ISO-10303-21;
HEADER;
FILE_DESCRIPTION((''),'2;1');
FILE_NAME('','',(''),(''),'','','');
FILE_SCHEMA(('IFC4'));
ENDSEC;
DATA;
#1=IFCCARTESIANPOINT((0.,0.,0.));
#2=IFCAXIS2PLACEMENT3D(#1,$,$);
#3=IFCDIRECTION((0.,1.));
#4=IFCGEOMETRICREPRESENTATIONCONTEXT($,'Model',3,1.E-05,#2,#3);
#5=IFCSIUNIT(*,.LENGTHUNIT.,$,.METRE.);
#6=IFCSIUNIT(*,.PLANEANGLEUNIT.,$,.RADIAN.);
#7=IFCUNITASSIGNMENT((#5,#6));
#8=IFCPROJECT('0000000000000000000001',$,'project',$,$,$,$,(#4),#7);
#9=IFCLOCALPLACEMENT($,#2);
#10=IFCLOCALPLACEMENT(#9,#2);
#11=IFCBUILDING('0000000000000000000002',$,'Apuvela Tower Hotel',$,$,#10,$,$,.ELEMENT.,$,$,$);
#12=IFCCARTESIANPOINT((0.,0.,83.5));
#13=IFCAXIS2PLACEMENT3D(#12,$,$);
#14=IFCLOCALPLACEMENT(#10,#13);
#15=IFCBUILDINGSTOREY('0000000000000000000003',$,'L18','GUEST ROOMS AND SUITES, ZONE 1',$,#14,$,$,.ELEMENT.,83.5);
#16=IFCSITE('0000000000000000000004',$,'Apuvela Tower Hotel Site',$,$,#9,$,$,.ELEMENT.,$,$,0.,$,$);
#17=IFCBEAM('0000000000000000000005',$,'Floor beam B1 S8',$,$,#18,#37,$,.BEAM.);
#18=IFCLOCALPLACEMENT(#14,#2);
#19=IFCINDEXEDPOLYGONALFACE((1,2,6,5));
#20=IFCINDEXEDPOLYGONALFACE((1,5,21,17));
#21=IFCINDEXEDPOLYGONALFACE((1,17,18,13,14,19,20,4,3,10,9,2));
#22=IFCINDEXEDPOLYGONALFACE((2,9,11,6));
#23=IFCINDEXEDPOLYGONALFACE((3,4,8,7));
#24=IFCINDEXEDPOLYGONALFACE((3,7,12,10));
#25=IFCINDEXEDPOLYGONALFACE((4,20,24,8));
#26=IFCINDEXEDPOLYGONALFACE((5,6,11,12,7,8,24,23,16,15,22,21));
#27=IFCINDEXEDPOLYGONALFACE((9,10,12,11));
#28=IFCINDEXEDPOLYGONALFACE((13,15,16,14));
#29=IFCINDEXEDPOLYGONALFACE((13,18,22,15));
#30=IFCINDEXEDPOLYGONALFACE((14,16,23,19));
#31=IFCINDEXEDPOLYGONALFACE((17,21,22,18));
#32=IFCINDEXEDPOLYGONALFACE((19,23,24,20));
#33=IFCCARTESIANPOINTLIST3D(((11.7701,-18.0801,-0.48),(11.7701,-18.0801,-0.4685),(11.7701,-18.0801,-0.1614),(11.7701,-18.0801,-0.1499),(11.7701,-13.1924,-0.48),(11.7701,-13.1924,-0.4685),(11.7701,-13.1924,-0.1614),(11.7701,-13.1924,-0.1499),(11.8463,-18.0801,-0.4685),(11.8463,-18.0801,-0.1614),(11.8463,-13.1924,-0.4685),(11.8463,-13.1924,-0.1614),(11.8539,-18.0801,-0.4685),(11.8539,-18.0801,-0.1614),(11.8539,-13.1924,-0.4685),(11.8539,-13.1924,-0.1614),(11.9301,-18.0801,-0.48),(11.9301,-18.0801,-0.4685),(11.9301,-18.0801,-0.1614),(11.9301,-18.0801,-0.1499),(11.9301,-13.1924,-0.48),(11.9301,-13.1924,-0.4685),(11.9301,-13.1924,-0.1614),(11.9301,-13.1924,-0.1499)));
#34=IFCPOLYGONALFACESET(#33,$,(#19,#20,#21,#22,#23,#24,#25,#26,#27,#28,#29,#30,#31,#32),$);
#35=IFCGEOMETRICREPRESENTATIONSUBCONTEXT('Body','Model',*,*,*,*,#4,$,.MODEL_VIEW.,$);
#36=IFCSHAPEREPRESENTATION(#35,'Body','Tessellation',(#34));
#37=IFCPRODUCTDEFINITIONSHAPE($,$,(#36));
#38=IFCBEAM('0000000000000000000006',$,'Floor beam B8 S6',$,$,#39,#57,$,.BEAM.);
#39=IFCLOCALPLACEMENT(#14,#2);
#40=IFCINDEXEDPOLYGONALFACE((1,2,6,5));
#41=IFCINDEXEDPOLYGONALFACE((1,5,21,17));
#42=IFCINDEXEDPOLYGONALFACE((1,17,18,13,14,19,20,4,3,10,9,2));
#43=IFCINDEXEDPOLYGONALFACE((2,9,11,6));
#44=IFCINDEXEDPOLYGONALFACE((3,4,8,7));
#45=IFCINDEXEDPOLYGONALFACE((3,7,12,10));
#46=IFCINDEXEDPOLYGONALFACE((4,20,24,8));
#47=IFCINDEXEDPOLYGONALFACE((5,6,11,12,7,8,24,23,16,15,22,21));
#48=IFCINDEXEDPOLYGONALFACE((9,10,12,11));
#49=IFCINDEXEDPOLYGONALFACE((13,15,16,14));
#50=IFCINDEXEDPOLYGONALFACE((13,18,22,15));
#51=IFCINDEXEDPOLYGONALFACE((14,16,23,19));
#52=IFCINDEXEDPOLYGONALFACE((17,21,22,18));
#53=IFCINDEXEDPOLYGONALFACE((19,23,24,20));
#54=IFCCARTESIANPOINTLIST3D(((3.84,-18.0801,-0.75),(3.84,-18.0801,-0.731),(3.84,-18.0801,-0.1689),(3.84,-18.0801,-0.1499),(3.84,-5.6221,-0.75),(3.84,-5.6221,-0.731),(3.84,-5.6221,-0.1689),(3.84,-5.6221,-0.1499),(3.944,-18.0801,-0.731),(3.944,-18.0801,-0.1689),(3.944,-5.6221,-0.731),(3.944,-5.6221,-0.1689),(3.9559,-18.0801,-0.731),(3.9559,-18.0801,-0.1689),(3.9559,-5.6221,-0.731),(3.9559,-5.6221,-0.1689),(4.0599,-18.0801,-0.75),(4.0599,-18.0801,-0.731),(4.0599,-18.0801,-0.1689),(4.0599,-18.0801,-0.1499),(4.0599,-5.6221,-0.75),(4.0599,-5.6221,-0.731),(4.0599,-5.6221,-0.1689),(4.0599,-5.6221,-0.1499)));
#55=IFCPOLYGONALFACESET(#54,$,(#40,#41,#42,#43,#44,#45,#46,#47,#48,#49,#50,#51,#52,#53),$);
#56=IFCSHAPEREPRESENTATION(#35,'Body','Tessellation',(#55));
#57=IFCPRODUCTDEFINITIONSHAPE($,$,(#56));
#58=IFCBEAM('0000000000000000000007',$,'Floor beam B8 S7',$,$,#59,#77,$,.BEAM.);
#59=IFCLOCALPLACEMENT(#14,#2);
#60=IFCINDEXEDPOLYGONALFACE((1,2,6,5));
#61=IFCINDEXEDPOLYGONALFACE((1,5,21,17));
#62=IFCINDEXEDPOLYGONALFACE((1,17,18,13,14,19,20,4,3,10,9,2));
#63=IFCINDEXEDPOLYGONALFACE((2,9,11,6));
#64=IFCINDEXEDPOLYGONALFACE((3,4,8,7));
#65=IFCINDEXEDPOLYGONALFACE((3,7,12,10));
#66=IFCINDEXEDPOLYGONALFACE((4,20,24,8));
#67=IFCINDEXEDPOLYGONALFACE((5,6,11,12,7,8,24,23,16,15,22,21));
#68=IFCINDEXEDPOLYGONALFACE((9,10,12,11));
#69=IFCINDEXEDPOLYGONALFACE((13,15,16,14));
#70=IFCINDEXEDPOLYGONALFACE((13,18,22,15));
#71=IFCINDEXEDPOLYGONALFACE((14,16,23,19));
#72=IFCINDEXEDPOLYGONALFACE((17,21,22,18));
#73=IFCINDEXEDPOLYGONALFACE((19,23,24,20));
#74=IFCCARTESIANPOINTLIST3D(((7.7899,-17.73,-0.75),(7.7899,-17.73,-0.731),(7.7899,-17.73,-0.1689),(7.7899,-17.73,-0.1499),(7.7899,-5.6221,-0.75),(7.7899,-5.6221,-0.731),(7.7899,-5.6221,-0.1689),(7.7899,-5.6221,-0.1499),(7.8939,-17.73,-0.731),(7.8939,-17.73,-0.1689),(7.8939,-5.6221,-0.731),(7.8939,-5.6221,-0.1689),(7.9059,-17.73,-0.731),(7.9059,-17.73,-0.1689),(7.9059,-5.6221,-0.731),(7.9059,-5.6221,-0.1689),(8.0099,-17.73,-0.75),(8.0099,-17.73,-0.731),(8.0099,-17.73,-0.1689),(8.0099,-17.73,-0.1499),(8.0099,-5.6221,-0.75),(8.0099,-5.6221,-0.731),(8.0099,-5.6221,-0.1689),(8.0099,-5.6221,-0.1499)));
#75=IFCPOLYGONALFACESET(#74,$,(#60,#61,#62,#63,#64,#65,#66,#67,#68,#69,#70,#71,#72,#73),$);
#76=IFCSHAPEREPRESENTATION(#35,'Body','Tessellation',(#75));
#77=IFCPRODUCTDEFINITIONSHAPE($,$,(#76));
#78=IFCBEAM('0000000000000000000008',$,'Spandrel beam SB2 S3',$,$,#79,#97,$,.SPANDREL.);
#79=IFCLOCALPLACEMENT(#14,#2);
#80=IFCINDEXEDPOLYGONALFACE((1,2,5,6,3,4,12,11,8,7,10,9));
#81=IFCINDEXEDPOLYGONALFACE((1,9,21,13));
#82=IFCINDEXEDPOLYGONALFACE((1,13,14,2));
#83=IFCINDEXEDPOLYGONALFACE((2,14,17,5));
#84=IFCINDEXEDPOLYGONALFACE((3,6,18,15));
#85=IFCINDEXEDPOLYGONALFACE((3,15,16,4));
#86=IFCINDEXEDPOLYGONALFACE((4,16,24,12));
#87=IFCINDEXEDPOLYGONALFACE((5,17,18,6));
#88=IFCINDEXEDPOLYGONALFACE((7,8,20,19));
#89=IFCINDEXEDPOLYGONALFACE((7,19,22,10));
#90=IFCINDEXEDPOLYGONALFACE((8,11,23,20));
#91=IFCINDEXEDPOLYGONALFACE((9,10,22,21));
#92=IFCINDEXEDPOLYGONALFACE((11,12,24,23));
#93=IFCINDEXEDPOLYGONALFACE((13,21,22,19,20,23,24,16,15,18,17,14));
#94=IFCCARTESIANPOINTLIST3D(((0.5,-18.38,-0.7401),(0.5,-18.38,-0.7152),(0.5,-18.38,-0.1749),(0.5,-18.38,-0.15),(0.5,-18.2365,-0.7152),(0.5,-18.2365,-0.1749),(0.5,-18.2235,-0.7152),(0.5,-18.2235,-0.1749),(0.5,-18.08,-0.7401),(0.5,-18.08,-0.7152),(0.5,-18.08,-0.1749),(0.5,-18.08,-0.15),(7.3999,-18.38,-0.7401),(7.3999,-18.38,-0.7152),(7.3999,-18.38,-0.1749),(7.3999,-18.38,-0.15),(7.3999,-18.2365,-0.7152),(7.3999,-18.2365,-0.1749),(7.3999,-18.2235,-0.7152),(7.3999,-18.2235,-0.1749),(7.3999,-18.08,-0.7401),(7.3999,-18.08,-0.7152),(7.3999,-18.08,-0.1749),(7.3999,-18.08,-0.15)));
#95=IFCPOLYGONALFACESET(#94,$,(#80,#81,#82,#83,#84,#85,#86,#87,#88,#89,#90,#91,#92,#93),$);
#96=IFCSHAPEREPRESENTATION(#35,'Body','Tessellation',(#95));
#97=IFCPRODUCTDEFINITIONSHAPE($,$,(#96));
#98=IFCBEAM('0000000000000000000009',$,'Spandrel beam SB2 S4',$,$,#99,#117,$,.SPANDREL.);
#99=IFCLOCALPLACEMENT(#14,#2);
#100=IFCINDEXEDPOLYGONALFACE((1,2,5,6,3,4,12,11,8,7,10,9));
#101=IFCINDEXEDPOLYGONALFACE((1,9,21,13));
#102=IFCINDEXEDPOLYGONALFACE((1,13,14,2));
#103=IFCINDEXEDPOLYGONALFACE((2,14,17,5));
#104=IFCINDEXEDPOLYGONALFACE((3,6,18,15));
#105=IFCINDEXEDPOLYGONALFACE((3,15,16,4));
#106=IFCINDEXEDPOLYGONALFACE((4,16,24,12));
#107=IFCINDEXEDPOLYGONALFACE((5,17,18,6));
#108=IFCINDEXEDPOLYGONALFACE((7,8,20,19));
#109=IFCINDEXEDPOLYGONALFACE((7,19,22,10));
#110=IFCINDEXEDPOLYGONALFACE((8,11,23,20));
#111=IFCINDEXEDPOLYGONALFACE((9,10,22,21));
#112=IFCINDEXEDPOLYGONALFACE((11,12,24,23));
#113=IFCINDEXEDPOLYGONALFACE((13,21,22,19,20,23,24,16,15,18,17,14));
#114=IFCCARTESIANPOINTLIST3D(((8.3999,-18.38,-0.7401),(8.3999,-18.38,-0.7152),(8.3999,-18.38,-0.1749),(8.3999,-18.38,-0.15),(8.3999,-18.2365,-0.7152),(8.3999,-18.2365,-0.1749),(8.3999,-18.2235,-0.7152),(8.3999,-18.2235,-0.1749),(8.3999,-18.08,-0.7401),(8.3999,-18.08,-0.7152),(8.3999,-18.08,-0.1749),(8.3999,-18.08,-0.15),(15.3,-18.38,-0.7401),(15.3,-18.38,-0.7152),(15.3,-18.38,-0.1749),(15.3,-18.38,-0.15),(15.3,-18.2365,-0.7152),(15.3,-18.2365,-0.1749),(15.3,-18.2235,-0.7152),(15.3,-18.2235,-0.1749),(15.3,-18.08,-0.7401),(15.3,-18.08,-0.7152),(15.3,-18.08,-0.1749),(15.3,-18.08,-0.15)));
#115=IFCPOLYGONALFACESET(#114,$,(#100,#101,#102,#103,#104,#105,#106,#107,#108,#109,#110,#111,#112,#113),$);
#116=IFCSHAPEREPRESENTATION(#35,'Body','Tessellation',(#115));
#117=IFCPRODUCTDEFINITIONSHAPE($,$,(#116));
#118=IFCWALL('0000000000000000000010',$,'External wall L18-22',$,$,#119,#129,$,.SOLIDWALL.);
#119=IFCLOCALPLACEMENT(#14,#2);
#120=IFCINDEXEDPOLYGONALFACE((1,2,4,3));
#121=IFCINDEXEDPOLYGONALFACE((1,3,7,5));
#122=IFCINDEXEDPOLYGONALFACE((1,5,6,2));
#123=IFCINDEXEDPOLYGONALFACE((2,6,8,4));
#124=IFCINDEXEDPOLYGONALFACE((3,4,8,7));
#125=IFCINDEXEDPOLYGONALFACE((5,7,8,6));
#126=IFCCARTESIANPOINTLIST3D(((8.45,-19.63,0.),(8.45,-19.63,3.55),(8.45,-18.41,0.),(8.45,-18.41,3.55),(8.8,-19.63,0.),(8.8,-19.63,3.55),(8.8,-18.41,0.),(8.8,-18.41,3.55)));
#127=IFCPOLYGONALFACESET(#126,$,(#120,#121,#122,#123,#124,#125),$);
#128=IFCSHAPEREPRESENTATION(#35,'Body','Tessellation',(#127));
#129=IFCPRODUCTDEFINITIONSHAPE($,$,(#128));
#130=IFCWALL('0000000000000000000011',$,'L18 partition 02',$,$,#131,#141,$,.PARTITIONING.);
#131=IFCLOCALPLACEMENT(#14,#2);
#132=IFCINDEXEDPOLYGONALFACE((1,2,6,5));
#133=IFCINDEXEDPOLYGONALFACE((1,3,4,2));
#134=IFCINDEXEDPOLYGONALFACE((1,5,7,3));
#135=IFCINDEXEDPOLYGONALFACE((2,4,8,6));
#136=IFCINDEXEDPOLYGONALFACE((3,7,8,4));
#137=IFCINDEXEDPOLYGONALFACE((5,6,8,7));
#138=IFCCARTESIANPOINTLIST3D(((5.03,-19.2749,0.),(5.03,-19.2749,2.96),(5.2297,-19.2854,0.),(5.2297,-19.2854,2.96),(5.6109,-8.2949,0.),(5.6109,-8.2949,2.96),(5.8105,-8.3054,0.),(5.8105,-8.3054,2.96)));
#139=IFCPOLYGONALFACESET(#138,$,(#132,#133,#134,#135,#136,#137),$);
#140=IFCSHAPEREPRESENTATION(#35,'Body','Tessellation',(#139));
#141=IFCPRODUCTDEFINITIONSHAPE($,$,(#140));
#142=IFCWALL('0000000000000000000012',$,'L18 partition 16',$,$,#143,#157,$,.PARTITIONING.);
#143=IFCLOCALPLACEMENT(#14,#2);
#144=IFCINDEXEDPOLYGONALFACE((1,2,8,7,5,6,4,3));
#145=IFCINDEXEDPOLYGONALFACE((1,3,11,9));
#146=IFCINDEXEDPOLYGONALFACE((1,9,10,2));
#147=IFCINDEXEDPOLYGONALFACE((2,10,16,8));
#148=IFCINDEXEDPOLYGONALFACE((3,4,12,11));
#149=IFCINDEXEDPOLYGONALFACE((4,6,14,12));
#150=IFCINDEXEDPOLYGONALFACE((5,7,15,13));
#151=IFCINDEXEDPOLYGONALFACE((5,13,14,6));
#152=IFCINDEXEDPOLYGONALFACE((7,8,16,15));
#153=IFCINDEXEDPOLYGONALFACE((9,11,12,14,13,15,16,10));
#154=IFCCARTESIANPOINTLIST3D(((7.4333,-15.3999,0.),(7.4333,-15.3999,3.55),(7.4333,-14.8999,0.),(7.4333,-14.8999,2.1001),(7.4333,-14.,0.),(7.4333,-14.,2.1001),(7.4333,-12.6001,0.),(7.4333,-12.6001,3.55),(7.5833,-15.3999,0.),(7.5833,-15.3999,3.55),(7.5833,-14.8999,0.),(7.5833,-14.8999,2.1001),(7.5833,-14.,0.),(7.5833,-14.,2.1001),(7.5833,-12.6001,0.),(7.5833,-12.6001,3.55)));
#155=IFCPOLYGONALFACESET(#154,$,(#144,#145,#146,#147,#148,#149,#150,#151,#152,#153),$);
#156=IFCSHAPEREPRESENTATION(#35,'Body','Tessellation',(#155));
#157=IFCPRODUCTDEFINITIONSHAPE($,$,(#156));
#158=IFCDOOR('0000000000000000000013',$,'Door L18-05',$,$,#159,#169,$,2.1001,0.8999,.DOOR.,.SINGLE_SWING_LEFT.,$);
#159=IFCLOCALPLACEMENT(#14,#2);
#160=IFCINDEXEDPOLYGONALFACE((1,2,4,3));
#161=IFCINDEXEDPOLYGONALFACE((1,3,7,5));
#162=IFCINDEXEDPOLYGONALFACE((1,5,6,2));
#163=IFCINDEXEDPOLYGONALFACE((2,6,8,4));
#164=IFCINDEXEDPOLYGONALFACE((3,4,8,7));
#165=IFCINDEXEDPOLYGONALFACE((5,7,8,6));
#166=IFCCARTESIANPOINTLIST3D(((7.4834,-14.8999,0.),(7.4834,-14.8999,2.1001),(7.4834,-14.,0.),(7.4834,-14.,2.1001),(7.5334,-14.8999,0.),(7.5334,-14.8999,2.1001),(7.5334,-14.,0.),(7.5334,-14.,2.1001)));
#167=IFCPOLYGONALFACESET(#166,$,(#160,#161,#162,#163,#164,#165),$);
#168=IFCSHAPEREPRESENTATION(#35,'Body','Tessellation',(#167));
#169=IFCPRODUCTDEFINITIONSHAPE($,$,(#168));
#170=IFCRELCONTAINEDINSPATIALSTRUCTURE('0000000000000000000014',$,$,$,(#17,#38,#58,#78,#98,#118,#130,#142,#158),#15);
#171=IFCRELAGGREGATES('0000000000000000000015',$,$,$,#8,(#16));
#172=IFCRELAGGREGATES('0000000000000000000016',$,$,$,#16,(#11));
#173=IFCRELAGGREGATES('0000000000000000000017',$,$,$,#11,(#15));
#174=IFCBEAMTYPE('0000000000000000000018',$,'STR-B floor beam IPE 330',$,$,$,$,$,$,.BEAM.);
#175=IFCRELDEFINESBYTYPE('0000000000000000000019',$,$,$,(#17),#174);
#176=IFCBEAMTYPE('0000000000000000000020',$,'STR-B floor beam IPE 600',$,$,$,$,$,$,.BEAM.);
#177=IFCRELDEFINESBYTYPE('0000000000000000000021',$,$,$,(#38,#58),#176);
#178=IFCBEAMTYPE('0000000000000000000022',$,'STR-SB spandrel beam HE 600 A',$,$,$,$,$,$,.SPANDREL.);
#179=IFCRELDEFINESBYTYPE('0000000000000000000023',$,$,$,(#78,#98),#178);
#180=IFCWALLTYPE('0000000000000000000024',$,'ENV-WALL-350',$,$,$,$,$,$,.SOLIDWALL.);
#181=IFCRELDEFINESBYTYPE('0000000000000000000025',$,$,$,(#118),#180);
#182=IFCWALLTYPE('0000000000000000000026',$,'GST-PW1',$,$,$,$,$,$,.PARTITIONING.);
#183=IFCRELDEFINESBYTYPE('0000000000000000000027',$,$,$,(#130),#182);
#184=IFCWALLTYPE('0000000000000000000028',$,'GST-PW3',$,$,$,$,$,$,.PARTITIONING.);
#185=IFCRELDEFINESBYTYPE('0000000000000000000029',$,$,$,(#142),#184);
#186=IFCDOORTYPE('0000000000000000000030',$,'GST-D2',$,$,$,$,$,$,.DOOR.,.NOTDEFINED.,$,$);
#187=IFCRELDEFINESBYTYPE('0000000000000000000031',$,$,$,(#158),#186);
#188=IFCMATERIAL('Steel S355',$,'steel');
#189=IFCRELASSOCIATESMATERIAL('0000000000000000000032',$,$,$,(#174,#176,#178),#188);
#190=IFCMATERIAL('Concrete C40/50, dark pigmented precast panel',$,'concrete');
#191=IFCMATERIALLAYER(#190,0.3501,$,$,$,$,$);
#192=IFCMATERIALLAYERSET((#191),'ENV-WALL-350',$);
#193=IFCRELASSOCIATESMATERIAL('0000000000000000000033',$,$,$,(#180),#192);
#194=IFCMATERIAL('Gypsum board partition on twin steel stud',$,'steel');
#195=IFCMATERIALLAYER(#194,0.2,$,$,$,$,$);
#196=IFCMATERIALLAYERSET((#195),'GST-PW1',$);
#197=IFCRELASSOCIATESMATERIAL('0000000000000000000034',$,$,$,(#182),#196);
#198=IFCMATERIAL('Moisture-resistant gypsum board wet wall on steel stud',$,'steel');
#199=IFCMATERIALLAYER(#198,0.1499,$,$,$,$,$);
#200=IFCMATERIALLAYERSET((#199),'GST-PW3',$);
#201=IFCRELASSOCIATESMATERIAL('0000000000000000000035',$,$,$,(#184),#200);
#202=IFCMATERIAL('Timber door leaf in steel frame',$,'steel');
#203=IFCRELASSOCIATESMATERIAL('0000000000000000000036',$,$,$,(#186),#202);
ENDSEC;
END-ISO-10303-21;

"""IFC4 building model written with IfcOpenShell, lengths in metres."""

from ifc_helpers import new_model, si_unit, direction, frame, frame_2d, origin, origin_2d, place, context, subcontext, project, spatial, rectangle, i_section, extrude, material, layer, layer_set, material_profile, profile_set, type_object, element, fill, save


model = new_model("IFC4")

# Units and contexts
model_context = context("Model", 3, precision=1e-05, world=origin(), true_north=direction((0.0, 1.0)))
body_context = subcontext(model_context, "Body", "Model", "MODEL_VIEW")
ifc_project = project(units=[si_unit("LENGTHUNIT", "METRE"), si_unit("PLANEANGLEUNIT", "RADIAN")], contexts=[model_context])

# Site, building, storey
site_placement = place(None, origin())
site = spatial("IfcSite", under=ifc_project, at=site_placement, Name="Apuvela Tower Hotel Site", CompositionType="ELEMENT", RefElevation=0.0)
building_placement = place(site_placement, origin())
building = spatial("IfcBuilding", under=site, at=building_placement, Name="Apuvela Tower Hotel", CompositionType="ELEMENT")
storey_placement = place(building_placement, frame((0.0, 0.0, 83.5)))
storey = spatial("IfcBuildingStorey", under=building, at=storey_placement, Name="L18", Description="GUEST ROOMS AND SUITES, ZONE 1", CompositionType="ELEMENT", Elevation=83.5)

# Beams
ifc_material_1 = material(Name="Steel S355", Category="steel")
ifc_material_profile_1 = material_profile(ifc_material_1, i_section(OverallWidth=0.1599, OverallDepth=0.3301, WebThickness=0.0076, FlangeThickness=0.0115, at=origin_2d()), Name="IPE 330")
ifc_profile_set_1 = profile_set([ifc_material_profile_1], Name="Steel S355")
beam_type_1 = type_object("IfcBeamType", Name="STR-B floor beam IPE 330", PredefinedType="BEAM", material=ifc_profile_set_1)
beam_1_placement = place(storey_placement, frame((11.8501, -18.0801, -0.3149), z_axis=(0.0, 1.0, 0.0), x_axis=(-1.0, 0.0, 0.0)))
element("IfcBeam", 1, at=beam_1_placement, inside=storey, type_object=beam_type_1, Name="Floor beam B1 S8", PredefinedType="BEAM", context=body_context, shape_type="SweptSolid", body=[
    extrude(i_section(OverallWidth=0.1599, OverallDepth=0.3301, WebThickness=0.0076, FlangeThickness=0.0115, at=origin_2d()), origin(), (0.0, 0.0, 1.0), 4.8877),
])
ifc_material_profile_2 = material_profile(ifc_material_1, i_section(OverallWidth=0.22, OverallDepth=0.6001, WebThickness=0.012, FlangeThickness=0.019, at=origin_2d()), Name="IPE 600")
ifc_profile_set_2 = profile_set([ifc_material_profile_2], Name="Steel S355")
beam_type_2 = type_object("IfcBeamType", Name="STR-B floor beam IPE 600", PredefinedType="BEAM", material=ifc_profile_set_2)
beam_2_placement = place(storey_placement, frame((3.95, -18.0801, -0.45), z_axis=(0.0, 1.0, 0.0), x_axis=(-1.0, 0.0, 0.0)))
element("IfcBeam", 2, at=beam_2_placement, inside=storey, type_object=beam_type_2, Name="Floor beam B8 S6", PredefinedType="BEAM", context=body_context, shape_type="SweptSolid", body=[
    extrude(i_section(OverallWidth=0.22, OverallDepth=0.6001, WebThickness=0.012, FlangeThickness=0.019, at=origin_2d()), origin(), (0.0, 0.0, 1.0), 12.458),
])
beam_3_placement = place(storey_placement, frame((7.8999, -17.73, -0.45), z_axis=(0.0, 1.0, 0.0), x_axis=(-1.0, 0.0, 0.0)))
element("IfcBeam", 3, at=beam_3_placement, inside=storey, type_object=beam_type_2, Name="Floor beam B8 S7", PredefinedType="BEAM", context=body_context, shape_type="SweptSolid", body=[
    extrude(i_section(OverallWidth=0.22, OverallDepth=0.6001, WebThickness=0.012, FlangeThickness=0.019, at=origin_2d()), origin(), (0.0, 0.0, 1.0), 12.1079),
])
ifc_material_profile_3 = material_profile(ifc_material_1, i_section(OverallWidth=0.3, OverallDepth=0.5901, WebThickness=0.0129, FlangeThickness=0.0249, at=origin_2d()), Name="HE 600 A")
ifc_profile_set_3 = profile_set([ifc_material_profile_3], Name="Steel S355")
beam_type_3 = type_object("IfcBeamType", Name="STR-SB spandrel beam HE 600 A", PredefinedType="SPANDREL", material=ifc_profile_set_3)
beam_4_placement = place(storey_placement, frame((0.5, -18.23, -0.4451), z_axis=(1.0, 0.0, 0.0), x_axis=(0.0, 1.0, 0.0)))
element("IfcBeam", 4, at=beam_4_placement, inside=storey, type_object=beam_type_3, Name="Spandrel beam SB2 S3", PredefinedType="SPANDREL", context=body_context, shape_type="SweptSolid", body=[
    extrude(i_section(OverallWidth=0.3, OverallDepth=0.5901, WebThickness=0.0129, FlangeThickness=0.0249, at=origin_2d()), origin(), (0.0, 0.0, 1.0), 6.8999),
])
beam_5_placement = place(storey_placement, frame((8.3999, -18.23, -0.4451), z_axis=(1.0, 0.0, 0.0), x_axis=(0.0, 1.0, 0.0)))
element("IfcBeam", 5, at=beam_5_placement, inside=storey, type_object=beam_type_3, Name="Spandrel beam SB2 S4", PredefinedType="SPANDREL", context=body_context, shape_type="SweptSolid", body=[
    extrude(i_section(OverallWidth=0.3, OverallDepth=0.5901, WebThickness=0.0129, FlangeThickness=0.0249, at=origin_2d()), origin(), (0.0, 0.0, 1.0), 6.9001),
])

# Wall
ifc_material_2 = material(Name="Concrete C40/50, dark pigmented precast panel", Category="concrete")
ifc_layer_1 = layer(ifc_material_2, 0.3501)
ifc_layer_set_1 = layer_set([ifc_layer_1], Name="ENV-WALL-350")
wall_type_1 = type_object("IfcWallType", Name="ENV-WALL-350", PredefinedType="SOLIDWALL", material=ifc_layer_set_1)
wall_1_placement = place(storey_placement, frame((8.625, -19.6299, 0.0), z_axis=(0.0, 0.0, 1.0), x_axis=(0.0, 1.0, 0.0)))
element("IfcWall", 6, at=wall_1_placement, inside=storey, type_object=wall_type_1, Name="External wall L18-22", PredefinedType="SOLIDWALL", context=body_context, shape_type="SweptSolid", body=[
    extrude(rectangle(XDim=1.22, YDim=0.3501, at=frame_2d((0.6099, 0.0))), origin(), (0.0, 0.0, 1.0), 3.55),
])

# Wall
ifc_material_3 = material(Name="Gypsum board partition on twin steel stud", Category="steel")
ifc_layer_2 = layer(ifc_material_3, 0.2)
ifc_layer_set_2 = layer_set([ifc_layer_2], Name="GST-PW1")
wall_type_2 = type_object("IfcWallType", Name="GST-PW1", PredefinedType="PARTITIONING", material=ifc_layer_set_2)
wall_2_placement = place(storey_placement, frame((5.1299, -19.28, 0.0), z_axis=(0.0, 0.0, 1.0), x_axis=(0.052823, 0.998604, 0.0)))
element("IfcWall", 7, at=wall_2_placement, inside=storey, type_object=wall_type_2, Name="L18 partition 02", PredefinedType="PARTITIONING", context=body_context, shape_type="SweptSolid", body=[
    extrude(rectangle(XDim=10.9954, YDim=0.2, at=frame_2d((5.4976, 0.0))), origin(), (0.0, 0.0, 1.0), 2.96),
])

# Wall, opening, door
ifc_material_4 = material(Name="Moisture-resistant gypsum board wet wall on steel stud", Category="steel")
ifc_layer_3 = layer(ifc_material_4, 0.1499)
ifc_layer_set_3 = layer_set([ifc_layer_3], Name="GST-PW3")
wall_type_3 = type_object("IfcWallType", Name="GST-PW3", PredefinedType="PARTITIONING", material=ifc_layer_set_3)
wall_3_placement = place(storey_placement, frame((7.5083, -15.3999, 0.0), z_axis=(0.0, 0.0, 1.0), x_axis=(0.0, 1.0, 0.0)))
wall_3 = element("IfcWall", 8, at=wall_3_placement, inside=storey, type_object=wall_type_3, Name="L18 partition 16", PredefinedType="PARTITIONING", context=body_context, shape_type="SweptSolid", body=[
    extrude(rectangle(XDim=2.7998, YDim=0.1499, at=frame_2d((1.3999, 0.0))), origin(), (0.0, 0.0, 1.0), 3.55),
])
opening_1_placement = place(wall_3_placement, frame((0.5, 0.0, 0.0)))
opening_1 = element("IfcOpeningElement", 9, at=opening_1_placement, cuts=wall_3, PredefinedType="OPENING", context=body_context, shape_type="SweptSolid", body=[
    extrude(rectangle(XDim=0.8999, YDim=2.1001, at=frame_2d((0.45, 1.05))), frame((0.0, 0.085, 0.0), z_axis=(0.0, -1.0, 0.0), x_axis=(1.0, 0.0, 0.0)), (0.0, 0.0, 1.0), 0.1699),
])
ifc_material_5 = material(Name="Timber door leaf in steel frame", Category="steel")
door_type_1 = type_object("IfcDoorType", Name="GST-D2", OperationType="NOTDEFINED", PredefinedType="DOOR", material=ifc_material_5)
door_1_placement = place(opening_1_placement, origin())
door_1 = element("IfcDoor", 10, at=door_1_placement, inside=storey, type_object=door_type_1, Name="Door L18-05", OperationType="SINGLE_SWING_LEFT", OverallHeight=2.1001, OverallWidth=0.8999, PredefinedType="DOOR", context=body_context, shape_type="SweptSolid", body=[
    extrude(rectangle(XDim=0.8999, YDim=2.1001, at=frame_2d((0.45, 1.05))), frame((0.0, 0.0249, 0.0), z_axis=(0.0, -1.0, 0.0), x_axis=(1.0, 0.0, 0.0)), (0.0, 0.0, 1.0), 0.05),
])
fill(opening_1, door_1)

save(model, "model.ifc")
